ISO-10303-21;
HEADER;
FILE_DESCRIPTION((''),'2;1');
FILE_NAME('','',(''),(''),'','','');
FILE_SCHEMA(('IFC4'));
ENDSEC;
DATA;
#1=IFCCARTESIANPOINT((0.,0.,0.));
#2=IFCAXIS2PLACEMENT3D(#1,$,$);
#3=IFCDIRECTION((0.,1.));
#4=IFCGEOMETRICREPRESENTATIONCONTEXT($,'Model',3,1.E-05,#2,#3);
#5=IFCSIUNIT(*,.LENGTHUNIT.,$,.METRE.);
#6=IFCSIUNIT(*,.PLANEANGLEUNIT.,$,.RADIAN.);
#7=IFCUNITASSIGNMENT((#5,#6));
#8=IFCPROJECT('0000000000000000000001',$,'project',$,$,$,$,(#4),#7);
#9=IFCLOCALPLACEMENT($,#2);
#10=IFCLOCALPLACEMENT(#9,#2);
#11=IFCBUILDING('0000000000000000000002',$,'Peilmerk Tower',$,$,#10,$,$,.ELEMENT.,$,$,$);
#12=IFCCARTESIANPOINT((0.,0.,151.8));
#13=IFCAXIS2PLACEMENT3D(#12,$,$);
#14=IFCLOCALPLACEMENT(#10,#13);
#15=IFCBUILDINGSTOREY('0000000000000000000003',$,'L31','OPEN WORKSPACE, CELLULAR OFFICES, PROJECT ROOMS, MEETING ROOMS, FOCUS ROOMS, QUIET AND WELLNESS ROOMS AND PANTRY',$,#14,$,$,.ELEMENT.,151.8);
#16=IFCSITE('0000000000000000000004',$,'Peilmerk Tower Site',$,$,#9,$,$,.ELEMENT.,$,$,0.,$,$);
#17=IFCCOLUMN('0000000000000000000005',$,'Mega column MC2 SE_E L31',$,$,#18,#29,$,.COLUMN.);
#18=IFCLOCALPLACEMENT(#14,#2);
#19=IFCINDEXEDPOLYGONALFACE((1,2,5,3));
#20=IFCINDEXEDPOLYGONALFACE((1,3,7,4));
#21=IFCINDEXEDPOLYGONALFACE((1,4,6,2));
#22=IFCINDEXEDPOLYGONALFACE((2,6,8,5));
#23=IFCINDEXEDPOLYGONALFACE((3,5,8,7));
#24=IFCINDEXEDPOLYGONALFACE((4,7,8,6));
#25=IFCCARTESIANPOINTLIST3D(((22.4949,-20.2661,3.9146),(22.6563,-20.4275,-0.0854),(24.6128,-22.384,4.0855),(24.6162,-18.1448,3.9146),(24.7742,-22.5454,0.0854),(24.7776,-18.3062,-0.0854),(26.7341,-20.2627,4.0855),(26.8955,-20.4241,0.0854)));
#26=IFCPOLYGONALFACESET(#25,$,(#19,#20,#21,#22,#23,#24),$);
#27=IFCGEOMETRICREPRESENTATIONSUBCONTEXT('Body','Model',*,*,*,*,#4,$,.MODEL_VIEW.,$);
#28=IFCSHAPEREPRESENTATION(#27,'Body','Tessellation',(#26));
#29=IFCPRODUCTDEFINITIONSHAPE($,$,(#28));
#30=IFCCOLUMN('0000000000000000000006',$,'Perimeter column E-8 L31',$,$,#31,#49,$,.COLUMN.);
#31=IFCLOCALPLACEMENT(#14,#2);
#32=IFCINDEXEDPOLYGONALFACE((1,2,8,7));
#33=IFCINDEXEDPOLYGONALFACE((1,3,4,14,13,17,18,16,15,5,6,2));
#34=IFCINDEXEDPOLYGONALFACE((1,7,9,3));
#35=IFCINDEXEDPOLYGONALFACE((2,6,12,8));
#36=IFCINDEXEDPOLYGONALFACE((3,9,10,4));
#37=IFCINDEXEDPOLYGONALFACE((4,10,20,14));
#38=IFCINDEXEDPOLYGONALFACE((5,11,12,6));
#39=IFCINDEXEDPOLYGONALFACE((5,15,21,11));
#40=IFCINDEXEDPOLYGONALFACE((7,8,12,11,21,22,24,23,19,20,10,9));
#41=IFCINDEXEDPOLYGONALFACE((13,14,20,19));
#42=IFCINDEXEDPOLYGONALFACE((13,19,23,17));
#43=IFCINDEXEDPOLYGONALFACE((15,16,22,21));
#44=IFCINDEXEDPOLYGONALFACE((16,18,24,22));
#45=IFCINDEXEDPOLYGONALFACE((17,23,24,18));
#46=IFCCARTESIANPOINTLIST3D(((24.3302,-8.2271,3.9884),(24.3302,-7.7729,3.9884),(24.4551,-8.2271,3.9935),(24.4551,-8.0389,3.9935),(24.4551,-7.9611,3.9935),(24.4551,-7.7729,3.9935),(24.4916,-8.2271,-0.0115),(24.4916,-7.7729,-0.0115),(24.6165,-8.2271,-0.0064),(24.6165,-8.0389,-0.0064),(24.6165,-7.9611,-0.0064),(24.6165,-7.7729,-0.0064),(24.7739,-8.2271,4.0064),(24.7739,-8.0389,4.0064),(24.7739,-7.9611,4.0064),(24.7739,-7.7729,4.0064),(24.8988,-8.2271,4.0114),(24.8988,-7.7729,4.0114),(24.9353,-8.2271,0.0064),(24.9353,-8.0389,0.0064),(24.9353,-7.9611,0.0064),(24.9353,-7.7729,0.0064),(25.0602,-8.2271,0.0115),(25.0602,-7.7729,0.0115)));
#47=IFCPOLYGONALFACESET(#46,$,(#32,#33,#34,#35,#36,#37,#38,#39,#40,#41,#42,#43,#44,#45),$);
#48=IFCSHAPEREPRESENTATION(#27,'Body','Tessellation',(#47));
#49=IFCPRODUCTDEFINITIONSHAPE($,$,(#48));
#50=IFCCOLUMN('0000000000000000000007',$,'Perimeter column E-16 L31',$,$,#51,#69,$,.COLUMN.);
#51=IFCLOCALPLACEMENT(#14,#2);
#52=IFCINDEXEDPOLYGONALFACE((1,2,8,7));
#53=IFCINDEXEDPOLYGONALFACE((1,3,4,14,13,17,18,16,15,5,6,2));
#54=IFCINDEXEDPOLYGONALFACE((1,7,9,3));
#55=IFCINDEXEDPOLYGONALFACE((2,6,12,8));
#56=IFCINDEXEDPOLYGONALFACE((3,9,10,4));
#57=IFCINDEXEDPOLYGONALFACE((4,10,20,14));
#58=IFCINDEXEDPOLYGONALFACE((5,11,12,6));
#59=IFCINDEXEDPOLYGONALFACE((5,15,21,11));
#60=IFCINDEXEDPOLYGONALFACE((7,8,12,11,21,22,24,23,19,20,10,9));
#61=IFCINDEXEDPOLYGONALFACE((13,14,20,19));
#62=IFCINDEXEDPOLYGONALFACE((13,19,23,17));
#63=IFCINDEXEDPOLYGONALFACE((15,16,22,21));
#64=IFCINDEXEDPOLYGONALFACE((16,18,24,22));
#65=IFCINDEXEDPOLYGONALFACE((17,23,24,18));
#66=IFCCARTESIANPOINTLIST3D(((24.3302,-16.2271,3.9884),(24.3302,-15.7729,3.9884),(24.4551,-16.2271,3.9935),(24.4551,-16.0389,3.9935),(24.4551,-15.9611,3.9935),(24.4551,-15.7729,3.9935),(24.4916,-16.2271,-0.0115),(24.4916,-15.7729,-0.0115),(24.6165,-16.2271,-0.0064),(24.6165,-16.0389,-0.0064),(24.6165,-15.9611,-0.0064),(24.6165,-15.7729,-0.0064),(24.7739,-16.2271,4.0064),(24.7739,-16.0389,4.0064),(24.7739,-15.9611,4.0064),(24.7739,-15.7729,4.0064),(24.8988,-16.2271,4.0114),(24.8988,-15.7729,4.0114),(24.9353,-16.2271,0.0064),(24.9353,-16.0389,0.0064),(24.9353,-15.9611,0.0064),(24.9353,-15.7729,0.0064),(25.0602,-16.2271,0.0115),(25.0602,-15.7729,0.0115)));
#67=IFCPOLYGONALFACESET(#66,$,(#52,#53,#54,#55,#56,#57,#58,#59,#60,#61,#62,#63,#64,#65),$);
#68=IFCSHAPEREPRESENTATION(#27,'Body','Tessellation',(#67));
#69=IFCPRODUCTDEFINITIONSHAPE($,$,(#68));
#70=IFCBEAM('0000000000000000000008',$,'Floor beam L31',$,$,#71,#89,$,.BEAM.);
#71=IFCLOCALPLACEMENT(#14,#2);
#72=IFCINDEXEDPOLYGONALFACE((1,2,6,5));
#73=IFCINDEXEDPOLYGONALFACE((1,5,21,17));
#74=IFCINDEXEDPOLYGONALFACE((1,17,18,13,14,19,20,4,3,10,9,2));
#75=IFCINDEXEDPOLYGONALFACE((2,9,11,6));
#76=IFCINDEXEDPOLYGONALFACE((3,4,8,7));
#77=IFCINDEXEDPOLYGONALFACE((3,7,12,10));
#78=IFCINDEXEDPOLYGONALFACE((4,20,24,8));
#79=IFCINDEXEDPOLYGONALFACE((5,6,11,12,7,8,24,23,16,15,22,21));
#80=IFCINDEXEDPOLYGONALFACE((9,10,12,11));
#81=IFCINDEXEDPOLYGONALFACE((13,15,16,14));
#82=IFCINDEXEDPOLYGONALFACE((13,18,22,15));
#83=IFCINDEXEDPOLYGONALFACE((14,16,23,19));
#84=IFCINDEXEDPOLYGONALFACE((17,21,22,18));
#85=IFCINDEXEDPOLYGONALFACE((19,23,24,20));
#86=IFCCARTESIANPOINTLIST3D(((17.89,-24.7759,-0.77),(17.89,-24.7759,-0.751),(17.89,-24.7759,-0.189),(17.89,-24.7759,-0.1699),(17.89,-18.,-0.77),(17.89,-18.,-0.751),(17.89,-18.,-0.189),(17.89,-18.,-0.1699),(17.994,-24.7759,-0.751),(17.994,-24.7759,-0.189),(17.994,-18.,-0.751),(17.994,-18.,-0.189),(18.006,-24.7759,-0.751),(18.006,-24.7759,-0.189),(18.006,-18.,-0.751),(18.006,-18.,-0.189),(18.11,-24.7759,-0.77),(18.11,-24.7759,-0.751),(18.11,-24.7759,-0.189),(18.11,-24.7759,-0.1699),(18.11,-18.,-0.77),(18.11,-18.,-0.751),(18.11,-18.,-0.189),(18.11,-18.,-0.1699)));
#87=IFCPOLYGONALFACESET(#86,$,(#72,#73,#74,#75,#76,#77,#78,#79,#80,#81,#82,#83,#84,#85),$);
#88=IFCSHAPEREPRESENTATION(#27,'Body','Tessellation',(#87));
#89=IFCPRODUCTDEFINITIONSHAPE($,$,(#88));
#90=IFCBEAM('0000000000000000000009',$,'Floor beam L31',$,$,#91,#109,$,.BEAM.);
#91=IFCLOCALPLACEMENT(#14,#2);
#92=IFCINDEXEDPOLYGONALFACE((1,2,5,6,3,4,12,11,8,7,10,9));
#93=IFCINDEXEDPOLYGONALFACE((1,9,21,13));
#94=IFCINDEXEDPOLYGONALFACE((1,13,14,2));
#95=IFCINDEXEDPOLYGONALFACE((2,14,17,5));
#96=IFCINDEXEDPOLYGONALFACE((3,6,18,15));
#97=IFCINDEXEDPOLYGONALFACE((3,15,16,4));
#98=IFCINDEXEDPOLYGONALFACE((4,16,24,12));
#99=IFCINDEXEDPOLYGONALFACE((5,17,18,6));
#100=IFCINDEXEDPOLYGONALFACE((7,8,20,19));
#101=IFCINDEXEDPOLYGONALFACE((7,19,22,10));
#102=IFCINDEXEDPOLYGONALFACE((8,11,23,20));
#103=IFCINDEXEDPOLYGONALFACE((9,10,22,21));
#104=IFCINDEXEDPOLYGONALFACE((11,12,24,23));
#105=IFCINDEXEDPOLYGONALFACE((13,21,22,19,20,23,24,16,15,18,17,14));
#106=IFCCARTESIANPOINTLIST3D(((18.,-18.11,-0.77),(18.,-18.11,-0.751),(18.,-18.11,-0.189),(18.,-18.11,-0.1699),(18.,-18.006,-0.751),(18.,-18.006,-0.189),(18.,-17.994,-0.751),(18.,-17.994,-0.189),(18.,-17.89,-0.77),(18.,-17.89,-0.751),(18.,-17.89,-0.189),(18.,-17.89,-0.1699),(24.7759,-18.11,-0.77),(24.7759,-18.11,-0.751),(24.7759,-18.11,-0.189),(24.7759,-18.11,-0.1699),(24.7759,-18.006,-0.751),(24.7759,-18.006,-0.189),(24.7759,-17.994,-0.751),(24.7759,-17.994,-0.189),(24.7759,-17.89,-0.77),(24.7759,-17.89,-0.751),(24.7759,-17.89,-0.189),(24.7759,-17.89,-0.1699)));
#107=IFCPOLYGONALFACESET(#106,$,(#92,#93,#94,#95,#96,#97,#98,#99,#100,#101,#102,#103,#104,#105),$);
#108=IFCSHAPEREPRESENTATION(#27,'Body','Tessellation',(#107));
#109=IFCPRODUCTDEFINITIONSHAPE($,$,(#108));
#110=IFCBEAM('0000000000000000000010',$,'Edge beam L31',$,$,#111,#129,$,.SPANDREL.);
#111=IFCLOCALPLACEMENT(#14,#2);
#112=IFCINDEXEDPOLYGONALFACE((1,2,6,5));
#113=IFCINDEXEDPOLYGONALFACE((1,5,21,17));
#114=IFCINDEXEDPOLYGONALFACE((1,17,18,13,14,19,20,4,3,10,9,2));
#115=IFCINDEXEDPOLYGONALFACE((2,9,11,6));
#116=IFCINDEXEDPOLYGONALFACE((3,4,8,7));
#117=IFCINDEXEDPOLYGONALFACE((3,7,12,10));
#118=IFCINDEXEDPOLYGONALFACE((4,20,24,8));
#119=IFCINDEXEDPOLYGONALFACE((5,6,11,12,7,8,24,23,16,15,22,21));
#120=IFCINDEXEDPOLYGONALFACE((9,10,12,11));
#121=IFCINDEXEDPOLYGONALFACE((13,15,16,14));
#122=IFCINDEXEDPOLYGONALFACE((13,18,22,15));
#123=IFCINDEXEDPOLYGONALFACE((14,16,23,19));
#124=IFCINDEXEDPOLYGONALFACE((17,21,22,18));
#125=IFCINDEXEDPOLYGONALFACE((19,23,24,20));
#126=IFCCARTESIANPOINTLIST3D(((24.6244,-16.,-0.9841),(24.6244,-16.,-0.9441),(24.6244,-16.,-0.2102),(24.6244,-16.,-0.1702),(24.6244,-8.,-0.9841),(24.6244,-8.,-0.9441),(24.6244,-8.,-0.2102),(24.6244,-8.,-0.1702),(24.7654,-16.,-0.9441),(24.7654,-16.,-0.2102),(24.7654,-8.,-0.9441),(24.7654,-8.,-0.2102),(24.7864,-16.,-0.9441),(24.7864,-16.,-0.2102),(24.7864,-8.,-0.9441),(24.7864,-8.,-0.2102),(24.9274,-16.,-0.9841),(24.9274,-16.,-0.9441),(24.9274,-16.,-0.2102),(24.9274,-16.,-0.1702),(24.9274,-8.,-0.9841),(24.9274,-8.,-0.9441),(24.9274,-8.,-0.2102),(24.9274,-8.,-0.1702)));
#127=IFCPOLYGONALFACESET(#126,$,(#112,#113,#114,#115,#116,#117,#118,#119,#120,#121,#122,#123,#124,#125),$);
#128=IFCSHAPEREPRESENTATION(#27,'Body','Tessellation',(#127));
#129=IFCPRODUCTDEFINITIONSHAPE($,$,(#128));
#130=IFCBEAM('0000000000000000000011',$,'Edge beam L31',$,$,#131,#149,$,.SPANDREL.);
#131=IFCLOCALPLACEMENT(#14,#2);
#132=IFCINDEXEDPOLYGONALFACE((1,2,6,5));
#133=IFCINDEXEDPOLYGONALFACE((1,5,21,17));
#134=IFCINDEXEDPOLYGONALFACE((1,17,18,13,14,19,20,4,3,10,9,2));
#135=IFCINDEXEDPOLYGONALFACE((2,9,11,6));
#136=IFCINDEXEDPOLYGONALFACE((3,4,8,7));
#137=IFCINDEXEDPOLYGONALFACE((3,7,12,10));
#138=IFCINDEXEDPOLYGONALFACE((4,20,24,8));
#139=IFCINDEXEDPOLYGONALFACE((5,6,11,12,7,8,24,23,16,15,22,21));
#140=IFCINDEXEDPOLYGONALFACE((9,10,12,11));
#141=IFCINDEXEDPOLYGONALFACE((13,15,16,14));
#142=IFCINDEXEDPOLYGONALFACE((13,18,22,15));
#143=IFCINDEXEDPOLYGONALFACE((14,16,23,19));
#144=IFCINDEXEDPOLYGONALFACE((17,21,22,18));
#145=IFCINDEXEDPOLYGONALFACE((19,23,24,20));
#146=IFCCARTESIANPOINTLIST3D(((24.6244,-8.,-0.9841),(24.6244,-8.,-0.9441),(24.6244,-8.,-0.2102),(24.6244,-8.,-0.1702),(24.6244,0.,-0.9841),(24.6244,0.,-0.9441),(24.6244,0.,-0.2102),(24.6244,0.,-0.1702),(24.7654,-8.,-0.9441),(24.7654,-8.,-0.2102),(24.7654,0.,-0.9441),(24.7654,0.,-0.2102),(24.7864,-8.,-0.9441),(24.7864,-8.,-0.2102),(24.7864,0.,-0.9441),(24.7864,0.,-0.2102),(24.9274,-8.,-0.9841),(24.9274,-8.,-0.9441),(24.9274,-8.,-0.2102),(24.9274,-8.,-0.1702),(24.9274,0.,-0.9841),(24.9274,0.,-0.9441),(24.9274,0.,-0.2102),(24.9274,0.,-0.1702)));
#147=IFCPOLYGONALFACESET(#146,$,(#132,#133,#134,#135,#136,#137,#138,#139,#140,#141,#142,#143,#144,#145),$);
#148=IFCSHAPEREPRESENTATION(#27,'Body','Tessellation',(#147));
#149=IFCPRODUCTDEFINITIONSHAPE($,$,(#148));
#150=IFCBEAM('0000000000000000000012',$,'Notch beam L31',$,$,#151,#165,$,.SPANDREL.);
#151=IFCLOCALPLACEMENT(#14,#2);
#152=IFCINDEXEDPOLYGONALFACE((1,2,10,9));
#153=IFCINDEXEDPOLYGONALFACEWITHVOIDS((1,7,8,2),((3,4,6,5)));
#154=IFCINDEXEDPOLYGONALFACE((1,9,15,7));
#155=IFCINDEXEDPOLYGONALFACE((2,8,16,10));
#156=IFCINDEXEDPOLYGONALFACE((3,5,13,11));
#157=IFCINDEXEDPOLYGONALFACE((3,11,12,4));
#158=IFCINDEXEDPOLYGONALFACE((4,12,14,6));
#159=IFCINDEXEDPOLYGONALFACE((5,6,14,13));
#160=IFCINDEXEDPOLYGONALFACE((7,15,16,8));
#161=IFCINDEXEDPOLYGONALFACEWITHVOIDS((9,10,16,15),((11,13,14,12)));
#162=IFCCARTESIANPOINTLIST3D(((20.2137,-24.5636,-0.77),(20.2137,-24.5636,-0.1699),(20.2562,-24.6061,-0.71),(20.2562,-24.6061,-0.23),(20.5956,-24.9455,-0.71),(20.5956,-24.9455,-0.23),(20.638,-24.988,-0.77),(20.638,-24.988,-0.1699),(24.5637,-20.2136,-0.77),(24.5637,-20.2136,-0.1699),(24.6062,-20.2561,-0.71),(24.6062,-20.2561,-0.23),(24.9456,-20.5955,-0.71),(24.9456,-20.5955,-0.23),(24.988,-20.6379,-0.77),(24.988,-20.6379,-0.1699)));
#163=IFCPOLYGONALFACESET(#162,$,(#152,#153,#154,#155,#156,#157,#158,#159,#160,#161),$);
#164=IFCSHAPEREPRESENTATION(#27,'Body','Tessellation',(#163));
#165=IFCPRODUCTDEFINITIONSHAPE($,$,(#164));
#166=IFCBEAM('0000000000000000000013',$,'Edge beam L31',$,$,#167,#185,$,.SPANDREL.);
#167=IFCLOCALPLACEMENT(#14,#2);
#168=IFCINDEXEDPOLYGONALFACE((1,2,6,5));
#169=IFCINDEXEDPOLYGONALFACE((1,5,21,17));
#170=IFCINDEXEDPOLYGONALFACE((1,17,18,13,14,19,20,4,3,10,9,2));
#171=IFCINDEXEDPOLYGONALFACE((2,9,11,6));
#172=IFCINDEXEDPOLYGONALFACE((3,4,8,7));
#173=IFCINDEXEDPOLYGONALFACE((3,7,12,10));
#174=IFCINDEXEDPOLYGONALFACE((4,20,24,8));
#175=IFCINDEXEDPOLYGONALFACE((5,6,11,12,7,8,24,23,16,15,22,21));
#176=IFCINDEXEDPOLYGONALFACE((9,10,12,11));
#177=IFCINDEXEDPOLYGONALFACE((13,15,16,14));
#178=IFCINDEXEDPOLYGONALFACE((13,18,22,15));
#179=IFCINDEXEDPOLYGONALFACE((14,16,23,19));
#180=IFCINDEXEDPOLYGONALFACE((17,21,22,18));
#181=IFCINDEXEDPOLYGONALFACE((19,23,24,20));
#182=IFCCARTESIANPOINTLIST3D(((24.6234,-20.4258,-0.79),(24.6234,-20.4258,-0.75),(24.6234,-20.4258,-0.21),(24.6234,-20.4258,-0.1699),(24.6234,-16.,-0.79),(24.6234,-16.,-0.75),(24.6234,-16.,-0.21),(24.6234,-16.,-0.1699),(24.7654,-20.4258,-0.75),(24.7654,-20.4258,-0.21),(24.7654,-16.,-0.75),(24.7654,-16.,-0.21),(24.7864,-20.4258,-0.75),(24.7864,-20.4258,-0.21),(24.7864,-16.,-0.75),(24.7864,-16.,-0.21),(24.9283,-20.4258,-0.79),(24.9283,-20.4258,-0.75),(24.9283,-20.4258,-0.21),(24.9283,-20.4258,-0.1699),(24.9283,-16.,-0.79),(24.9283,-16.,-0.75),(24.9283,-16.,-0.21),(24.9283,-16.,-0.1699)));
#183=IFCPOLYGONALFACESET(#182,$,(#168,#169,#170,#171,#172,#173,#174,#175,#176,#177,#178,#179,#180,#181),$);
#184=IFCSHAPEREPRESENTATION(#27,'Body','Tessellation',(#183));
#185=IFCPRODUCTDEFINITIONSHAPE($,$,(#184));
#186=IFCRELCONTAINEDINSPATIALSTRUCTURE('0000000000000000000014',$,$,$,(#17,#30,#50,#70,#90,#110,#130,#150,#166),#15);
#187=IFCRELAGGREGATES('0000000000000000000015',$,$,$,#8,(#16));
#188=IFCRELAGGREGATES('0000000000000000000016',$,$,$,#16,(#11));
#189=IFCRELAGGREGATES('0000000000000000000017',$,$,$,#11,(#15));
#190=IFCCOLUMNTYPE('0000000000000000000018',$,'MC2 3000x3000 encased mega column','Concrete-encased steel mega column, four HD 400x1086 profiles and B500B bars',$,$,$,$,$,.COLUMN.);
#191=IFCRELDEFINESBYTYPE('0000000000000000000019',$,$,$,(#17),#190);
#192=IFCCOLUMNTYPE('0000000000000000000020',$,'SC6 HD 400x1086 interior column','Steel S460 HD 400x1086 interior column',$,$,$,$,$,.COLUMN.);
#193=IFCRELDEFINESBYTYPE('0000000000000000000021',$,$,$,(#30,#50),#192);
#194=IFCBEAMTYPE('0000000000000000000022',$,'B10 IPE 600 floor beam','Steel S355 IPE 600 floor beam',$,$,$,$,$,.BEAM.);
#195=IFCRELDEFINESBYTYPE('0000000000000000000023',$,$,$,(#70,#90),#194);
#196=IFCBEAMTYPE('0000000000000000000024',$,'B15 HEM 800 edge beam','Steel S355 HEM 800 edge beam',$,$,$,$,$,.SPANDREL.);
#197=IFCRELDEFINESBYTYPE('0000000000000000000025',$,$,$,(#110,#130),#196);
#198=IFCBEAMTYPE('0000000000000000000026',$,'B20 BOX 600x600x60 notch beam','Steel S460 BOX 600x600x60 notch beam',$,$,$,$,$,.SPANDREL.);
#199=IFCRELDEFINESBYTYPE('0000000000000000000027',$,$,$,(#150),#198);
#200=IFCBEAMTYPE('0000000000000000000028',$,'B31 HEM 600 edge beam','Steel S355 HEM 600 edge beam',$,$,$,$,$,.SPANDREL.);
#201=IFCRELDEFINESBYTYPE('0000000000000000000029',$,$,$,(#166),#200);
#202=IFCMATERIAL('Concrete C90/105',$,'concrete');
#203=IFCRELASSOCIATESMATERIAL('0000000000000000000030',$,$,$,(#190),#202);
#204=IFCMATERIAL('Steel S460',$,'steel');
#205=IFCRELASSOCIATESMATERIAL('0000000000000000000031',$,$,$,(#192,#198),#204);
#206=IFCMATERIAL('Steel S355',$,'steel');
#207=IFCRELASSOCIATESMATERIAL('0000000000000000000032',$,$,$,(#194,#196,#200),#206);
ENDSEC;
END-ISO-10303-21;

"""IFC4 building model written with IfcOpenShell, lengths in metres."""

from ifc_helpers import new_model, si_unit, direction, frame, origin, origin_2d, place, context, subcontext, project, spatial, rectangle, hollow_rectangle, i_section, extrude, material, material_profile, profile_set, type_object, element, save


model = new_model("IFC4")

# Units and contexts
model_context = context("Model", 3, precision=1e-05, world=origin(), true_north=direction((0.0, 1.0)))
body_context = subcontext(model_context, "Body", "Model", "MODEL_VIEW")
ifc_project = project(units=[si_unit("LENGTHUNIT", "METRE"), si_unit("PLANEANGLEUNIT", "RADIAN")], contexts=[model_context])

# Site, building, storey
site_placement = place(None, origin())
site = spatial("IfcSite", under=ifc_project, at=site_placement, Name="Peilmerk Tower Site", CompositionType="ELEMENT", RefElevation=0.0)
building_placement = place(site_placement, origin())
building = spatial("IfcBuilding", under=site, at=building_placement, Name="Peilmerk Tower", CompositionType="ELEMENT")
storey_placement = place(building_placement, frame((0.0, 0.0, 151.8)))
storey = spatial("IfcBuildingStorey", under=building, at=storey_placement, Name="L31", Description="OPEN WORKSPACE, CELLULAR OFFICES, PROJECT ROOMS, MEETING ROOMS, FOCUS ROOMS, QUIET AND WELLNESS ROOMS AND PANTRY", CompositionType="ELEMENT", Elevation=151.8)

# Columns
ifc_material_1 = material(Name="Concrete C90/105", Category="concrete")
ifc_material_profile_1 = material_profile(ifc_material_1, rectangle(XDim=3.0, YDim=3.0, at=origin_2d()), Name="RC 3000x3000")
ifc_profile_set_1 = profile_set([ifc_material_profile_1], Name="Concrete C90/105")
column_type_1 = type_object("IfcColumnType", Name="MC2 3000x3000 encased mega column", Description="Concrete-encased steel mega column, four HD 400x1086 profiles and B500B bars", PredefinedType="COLUMN", material=ifc_profile_set_1)
column_placement = place(storey_placement, frame((24.7759, -20.4258, 0.0), z_axis=(-0.040279, 0.040279, 0.998376), x_axis=(-0.707107, -0.707107, 0.0)))
element("IfcColumn", 1, at=column_placement, inside=storey, type_object=column_type_1, Name="Mega column MC2 SE_E L31", PredefinedType="COLUMN", context=body_context, shape_type="SweptSolid", body=[
    extrude(rectangle(XDim=3.0, YDim=3.0, at=origin_2d()), origin(), (0.0, 0.0, 1.0), 4.0066),
])
ifc_material_2 = material(Name="Steel S460", Category="steel")
ifc_material_profile_2 = material_profile(ifc_material_2, i_section(OverallWidth=0.4541, OverallDepth=0.5691, WebThickness=0.0779, FlangeThickness=0.125, at=origin_2d()), Name="HD 400x1086")
ifc_profile_set_2 = profile_set([ifc_material_profile_2], Name="Steel S460")
column_type_2 = type_object("IfcColumnType", Name="SC6 HD 400x1086 interior column", Description="Steel S460 HD 400x1086 interior column", PredefinedType="COLUMN", material=ifc_profile_set_2)
for number, where, z_axis, x_axis, name in (
    (2, (24.7759, -8.0, 0.0), (-0.040311, 0.0, 0.999187), (0.0, -1.0, 0.0), "Perimeter column E-8 L31"),
    (3, (24.7759, -16.0, 0.0), (-0.040311, 0.0, 0.999187), (0.0, -1.0, 0.0), "Perimeter column E-16 L31"),
):
    element("IfcColumn", number, at=place(storey_placement, frame(where, z_axis=z_axis, x_axis=x_axis)), inside=storey, type_object=column_type_2, Name=name, PredefinedType="COLUMN", context=body_context, shape_type="SweptSolid", body=[
        extrude(i_section(OverallWidth=0.4541, OverallDepth=0.5691, WebThickness=0.0779, FlangeThickness=0.125, at=origin_2d()), origin(), (0.0, 0.0, 1.0), 4.0032),
    ])

# Beams
ifc_material_3 = material(Name="Steel S355", Category="steel")
ifc_material_profile_3 = material_profile(ifc_material_3, i_section(OverallWidth=0.22, OverallDepth=0.6001, WebThickness=0.012, FlangeThickness=0.019, at=origin_2d()), Name="IPE 600")
ifc_profile_set_3 = profile_set([ifc_material_profile_3], Name="Steel S355")
beam_type_1 = type_object("IfcBeamType", Name="B10 IPE 600 floor beam", Description="Steel S355 IPE 600 floor beam", PredefinedType="BEAM", material=ifc_profile_set_3)
for number, where, z_axis, x_axis, name in (
    (4, (18.0, -18.0, -0.47), (0.0, -1.0, 0.0), (1.0, 0.0, 0.0), "Floor beam L31"),
    (5, (18.0, -18.0, -0.47), (1.0, 0.0, 0.0), (0.0, 1.0, 0.0), "Floor beam L31"),
):
    element("IfcBeam", number, at=place(storey_placement, frame(where, z_axis=z_axis, x_axis=x_axis)), inside=storey, type_object=beam_type_1, Name=name, PredefinedType="BEAM", context=body_context, shape_type="SweptSolid", body=[
        extrude(i_section(OverallWidth=0.22, OverallDepth=0.6001, WebThickness=0.012, FlangeThickness=0.019, at=origin_2d()), origin(), (0.0, 0.0, 1.0), 6.7759),
    ])
ifc_material_profile_4 = material_profile(ifc_material_3, i_section(OverallWidth=0.303, OverallDepth=0.814, WebThickness=0.021, FlangeThickness=0.04, at=origin_2d()), Name="HEM 800")
ifc_profile_set_4 = profile_set([ifc_material_profile_4], Name="Steel S355")
beam_type_2 = type_object("IfcBeamType", Name="B15 HEM 800 edge beam", Description="Steel S355 HEM 800 edge beam", PredefinedType="SPANDREL", material=ifc_profile_set_4)
for number, where, z_axis, x_axis, name in (
    (6, (24.7759, -16.0, -0.5771), (0.0, 1.0, 0.0), (-1.0, 0.0, 0.0), "Edge beam L31"),
    (7, (24.7759, -8.0, -0.5771), (0.0, 1.0, 0.0), (-1.0, 0.0, 0.0), "Edge beam L31"),
):
    element("IfcBeam", number, at=place(storey_placement, frame(where, z_axis=z_axis, x_axis=x_axis)), inside=storey, type_object=beam_type_2, Name=name, PredefinedType="SPANDREL", context=body_context, shape_type="SweptSolid", body=[
        extrude(i_section(OverallWidth=0.303, OverallDepth=0.814, WebThickness=0.021, FlangeThickness=0.04, at=origin_2d()), origin(), (0.0, 0.0, 1.0), 8.0),
    ])
ifc_material_profile_5 = material_profile(ifc_material_2, hollow_rectangle(XDim=0.6001, YDim=0.6001, WallThickness=0.0601, at=origin_2d()), Name="BOX 600x600x60")
ifc_profile_set_5 = profile_set([ifc_material_profile_5], Name="Steel S460")
beam_type_3 = type_object("IfcBeamType", Name="B20 BOX 600x600x60 notch beam", Description="Steel S460 BOX 600x600x60 notch beam", PredefinedType="SPANDREL", material=ifc_profile_set_5)
beam_1_placement = place(storey_placement, frame((24.7759, -20.4258, -0.47), z_axis=(-0.707107, -0.707107, 0.0), x_axis=(0.707107, -0.707107, 0.0)))
element("IfcBeam", 8, at=beam_1_placement, inside=storey, type_object=beam_type_3, Name="Notch beam L31", PredefinedType="SPANDREL", context=body_context, shape_type="SweptSolid", body=[
    extrude(hollow_rectangle(XDim=0.6001, YDim=0.6001, WallThickness=0.0601, at=origin_2d()), origin(), (0.0, 0.0, 1.0), 6.1519),
])
ifc_material_profile_6 = material_profile(ifc_material_3, i_section(OverallWidth=0.3049, OverallDepth=0.6201, WebThickness=0.021, FlangeThickness=0.04, at=origin_2d()), Name="HEM 600")
ifc_profile_set_6 = profile_set([ifc_material_profile_6], Name="Steel S355")
beam_type_4 = type_object("IfcBeamType", Name="B31 HEM 600 edge beam", Description="Steel S355 HEM 600 edge beam", PredefinedType="SPANDREL", material=ifc_profile_set_6)
beam_2_placement = place(storey_placement, frame((24.7759, -20.4258, -0.48), z_axis=(0.0, 1.0, 0.0), x_axis=(-1.0, 0.0, 0.0)))
element("IfcBeam", 9, at=beam_2_placement, inside=storey, type_object=beam_type_4, Name="Edge beam L31", PredefinedType="SPANDREL", context=body_context, shape_type="SweptSolid", body=[
    extrude(i_section(OverallWidth=0.3049, OverallDepth=0.6201, WebThickness=0.021, FlangeThickness=0.04, at=origin_2d()), origin(), (0.0, 0.0, 1.0), 4.4258),
])

save(model, "model.ifc")
